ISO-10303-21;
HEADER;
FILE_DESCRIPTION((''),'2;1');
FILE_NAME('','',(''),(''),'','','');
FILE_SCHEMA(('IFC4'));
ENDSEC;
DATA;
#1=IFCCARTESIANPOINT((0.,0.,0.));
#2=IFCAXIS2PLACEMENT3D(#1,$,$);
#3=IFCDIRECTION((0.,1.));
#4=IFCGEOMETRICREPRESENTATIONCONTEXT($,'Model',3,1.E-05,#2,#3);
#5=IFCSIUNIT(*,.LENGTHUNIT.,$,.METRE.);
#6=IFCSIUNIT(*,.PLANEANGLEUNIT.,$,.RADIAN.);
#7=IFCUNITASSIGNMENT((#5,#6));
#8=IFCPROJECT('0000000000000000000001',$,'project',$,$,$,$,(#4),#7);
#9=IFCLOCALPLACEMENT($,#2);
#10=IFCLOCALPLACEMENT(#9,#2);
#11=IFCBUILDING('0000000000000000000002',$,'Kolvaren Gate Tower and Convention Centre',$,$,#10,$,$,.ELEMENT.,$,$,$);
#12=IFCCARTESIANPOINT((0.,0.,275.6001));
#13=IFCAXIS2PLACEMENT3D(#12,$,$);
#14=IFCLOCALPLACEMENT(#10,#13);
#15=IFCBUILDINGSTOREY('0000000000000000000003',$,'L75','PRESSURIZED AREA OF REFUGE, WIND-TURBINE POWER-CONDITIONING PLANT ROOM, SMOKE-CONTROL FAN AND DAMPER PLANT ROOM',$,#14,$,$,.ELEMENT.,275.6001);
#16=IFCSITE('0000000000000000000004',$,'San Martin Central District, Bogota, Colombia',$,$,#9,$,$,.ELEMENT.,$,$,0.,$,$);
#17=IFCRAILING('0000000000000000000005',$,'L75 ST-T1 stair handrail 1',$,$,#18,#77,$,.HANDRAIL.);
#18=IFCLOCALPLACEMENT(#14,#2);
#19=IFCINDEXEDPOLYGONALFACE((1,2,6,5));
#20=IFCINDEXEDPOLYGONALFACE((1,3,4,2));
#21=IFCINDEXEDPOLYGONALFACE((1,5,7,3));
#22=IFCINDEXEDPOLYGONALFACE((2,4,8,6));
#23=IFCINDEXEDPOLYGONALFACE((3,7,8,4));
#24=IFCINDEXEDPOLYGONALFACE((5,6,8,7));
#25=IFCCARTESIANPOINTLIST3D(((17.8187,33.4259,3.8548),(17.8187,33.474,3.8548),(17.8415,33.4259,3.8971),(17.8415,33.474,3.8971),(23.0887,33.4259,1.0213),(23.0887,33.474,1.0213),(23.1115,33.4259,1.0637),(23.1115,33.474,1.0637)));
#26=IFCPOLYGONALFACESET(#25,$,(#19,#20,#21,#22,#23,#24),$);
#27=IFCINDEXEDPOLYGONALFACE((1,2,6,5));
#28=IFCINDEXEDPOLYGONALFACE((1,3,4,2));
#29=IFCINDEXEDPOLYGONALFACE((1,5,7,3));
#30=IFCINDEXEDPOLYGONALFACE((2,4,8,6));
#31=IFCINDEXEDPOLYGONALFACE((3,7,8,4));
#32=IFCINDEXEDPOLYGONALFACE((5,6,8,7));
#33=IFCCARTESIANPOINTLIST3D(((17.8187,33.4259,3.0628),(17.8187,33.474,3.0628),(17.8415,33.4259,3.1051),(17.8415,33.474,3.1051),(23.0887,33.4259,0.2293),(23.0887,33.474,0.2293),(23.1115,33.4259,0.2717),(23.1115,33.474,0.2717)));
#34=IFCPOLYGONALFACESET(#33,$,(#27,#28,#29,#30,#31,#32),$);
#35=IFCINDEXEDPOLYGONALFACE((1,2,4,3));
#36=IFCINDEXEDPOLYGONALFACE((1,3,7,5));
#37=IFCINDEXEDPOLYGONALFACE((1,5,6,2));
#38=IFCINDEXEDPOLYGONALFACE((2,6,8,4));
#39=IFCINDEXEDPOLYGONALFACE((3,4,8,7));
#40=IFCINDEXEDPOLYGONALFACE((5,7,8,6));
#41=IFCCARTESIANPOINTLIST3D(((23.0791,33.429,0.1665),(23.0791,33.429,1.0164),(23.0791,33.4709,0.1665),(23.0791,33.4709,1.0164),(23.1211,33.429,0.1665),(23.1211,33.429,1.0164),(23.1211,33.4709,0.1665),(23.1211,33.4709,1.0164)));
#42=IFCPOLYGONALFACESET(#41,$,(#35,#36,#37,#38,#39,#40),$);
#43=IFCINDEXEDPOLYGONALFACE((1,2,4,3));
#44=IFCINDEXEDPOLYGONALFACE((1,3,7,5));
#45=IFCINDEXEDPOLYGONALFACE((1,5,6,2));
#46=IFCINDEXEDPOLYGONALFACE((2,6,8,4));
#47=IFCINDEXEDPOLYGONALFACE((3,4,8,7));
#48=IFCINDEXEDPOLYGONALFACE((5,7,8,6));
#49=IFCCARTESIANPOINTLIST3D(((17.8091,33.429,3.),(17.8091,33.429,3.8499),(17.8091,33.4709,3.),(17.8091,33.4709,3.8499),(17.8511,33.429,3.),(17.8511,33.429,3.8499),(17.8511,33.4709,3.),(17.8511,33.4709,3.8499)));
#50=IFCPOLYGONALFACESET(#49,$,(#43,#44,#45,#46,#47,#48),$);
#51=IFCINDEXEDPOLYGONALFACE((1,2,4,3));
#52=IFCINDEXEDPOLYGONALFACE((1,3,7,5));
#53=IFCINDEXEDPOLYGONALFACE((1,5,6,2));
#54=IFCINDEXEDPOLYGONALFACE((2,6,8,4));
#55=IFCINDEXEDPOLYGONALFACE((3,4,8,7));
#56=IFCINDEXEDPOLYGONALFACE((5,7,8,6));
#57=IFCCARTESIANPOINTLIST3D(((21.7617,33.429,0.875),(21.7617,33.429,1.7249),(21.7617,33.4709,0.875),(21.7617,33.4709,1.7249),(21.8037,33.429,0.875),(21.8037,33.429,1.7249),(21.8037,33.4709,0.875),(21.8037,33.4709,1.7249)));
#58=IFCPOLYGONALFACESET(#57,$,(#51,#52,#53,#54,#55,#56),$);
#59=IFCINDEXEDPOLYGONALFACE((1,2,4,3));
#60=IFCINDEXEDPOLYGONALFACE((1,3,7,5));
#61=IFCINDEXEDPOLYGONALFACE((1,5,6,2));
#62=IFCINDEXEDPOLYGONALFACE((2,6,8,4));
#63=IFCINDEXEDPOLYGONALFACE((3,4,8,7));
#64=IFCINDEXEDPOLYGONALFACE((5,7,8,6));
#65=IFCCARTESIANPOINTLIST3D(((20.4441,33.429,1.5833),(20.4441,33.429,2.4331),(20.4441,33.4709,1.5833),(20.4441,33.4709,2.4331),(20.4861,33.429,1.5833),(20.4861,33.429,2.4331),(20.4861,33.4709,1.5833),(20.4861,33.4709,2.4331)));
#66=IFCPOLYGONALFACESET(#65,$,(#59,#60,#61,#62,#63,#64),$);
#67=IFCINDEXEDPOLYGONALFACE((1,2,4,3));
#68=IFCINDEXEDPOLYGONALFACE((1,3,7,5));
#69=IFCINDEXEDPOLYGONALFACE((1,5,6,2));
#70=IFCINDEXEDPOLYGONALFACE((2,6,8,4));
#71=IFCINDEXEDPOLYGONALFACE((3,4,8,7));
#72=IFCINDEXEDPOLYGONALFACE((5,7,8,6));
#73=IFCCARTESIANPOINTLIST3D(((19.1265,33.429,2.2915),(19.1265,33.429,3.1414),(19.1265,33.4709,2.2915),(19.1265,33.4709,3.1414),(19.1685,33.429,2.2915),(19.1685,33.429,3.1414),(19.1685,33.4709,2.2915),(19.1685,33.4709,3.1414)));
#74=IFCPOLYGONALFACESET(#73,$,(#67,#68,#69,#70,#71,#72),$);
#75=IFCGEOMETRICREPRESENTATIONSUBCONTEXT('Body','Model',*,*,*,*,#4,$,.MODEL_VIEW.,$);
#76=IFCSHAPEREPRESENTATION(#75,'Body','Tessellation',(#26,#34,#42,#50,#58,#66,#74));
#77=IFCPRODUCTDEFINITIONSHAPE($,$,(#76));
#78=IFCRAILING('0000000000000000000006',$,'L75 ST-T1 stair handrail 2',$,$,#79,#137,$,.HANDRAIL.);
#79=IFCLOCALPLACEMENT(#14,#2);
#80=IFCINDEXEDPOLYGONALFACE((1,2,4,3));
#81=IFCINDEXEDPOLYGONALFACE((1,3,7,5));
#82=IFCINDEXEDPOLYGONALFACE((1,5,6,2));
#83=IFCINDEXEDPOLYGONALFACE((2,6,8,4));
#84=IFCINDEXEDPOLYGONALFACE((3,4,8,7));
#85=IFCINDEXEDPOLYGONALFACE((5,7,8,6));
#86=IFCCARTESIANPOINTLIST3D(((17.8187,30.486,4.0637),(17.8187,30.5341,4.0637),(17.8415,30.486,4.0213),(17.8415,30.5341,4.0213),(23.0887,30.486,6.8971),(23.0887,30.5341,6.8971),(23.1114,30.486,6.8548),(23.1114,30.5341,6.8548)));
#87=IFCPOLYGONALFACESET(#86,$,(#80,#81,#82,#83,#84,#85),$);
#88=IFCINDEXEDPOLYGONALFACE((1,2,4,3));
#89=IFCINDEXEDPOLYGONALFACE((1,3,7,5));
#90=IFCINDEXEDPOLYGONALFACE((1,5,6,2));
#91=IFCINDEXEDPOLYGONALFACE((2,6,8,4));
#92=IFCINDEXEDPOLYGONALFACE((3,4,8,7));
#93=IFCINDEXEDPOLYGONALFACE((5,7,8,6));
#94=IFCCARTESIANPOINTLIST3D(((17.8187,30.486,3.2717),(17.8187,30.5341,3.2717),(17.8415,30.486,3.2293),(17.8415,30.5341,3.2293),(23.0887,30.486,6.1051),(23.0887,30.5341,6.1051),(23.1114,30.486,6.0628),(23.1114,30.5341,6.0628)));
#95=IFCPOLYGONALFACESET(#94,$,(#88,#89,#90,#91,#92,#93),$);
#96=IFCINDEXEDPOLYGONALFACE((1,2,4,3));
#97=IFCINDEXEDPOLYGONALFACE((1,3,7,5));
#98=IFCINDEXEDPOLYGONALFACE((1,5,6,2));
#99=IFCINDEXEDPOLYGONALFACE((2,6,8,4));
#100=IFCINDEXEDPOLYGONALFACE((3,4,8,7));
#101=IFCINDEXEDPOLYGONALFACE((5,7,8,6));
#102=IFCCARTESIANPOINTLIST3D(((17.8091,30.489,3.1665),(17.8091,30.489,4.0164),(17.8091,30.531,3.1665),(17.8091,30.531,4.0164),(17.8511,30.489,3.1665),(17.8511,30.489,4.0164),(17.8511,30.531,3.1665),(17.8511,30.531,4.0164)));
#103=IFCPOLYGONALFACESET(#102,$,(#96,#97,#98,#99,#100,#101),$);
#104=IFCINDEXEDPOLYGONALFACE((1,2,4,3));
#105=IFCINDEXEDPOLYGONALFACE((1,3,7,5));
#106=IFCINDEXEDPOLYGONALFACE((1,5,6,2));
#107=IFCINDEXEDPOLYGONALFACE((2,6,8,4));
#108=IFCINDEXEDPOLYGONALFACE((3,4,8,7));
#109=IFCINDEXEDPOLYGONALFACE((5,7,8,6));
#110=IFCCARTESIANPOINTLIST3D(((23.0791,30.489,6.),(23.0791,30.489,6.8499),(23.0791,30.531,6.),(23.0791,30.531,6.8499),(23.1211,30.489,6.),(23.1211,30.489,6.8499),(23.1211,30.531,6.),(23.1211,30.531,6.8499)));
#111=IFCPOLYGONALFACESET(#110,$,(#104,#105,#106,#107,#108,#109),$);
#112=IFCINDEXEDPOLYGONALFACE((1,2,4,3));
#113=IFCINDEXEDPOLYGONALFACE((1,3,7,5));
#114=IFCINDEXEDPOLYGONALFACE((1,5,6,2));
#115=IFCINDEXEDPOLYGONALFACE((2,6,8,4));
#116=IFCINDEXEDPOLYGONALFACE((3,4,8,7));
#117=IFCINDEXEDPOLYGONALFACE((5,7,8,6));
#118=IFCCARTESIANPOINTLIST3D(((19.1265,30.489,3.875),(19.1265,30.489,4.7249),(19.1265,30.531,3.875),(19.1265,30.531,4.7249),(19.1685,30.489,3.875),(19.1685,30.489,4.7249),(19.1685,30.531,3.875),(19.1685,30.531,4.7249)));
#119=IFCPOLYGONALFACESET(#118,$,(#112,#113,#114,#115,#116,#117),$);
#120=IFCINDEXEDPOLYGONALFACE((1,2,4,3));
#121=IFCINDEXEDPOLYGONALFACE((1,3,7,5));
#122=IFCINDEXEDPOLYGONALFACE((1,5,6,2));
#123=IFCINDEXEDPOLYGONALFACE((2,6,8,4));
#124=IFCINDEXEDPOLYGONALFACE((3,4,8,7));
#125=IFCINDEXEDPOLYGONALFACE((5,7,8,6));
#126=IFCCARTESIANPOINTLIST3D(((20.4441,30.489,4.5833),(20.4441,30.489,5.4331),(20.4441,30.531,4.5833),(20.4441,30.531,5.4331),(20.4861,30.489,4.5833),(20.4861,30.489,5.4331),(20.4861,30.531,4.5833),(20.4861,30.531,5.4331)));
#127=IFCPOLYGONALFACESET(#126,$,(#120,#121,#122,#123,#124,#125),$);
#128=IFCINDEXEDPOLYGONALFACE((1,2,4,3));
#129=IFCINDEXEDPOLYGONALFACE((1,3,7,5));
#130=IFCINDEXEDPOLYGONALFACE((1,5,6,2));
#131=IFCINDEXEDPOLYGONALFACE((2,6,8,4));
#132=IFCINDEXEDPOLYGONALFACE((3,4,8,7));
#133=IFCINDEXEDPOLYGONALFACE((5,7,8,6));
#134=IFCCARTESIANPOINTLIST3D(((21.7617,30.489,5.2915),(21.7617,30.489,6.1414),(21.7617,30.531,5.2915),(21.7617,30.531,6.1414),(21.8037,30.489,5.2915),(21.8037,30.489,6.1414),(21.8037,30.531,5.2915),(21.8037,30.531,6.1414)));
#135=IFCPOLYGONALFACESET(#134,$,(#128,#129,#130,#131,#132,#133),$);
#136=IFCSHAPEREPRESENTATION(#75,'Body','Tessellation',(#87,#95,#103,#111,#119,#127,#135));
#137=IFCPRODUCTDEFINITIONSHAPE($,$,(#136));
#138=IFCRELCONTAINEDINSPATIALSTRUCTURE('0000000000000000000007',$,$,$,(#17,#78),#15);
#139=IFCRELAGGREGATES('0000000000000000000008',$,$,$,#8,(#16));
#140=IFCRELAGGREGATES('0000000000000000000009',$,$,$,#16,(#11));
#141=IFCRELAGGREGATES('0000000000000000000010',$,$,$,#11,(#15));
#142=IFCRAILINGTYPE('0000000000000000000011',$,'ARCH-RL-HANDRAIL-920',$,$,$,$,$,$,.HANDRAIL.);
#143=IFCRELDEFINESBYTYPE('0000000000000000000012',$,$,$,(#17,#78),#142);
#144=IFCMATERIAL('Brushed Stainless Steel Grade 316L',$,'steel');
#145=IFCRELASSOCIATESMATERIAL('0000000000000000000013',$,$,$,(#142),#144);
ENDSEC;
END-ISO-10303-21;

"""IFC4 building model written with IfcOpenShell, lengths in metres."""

from ifc_helpers import new_model, si_unit, direction, frame, origin, origin_2d, place, context, subcontext, project, spatial, rectangle, extrude, material, type_object, element, save


model = new_model("IFC4")

# Units and contexts
model_context = context("Model", 3, precision=1e-05, world=origin(), true_north=direction((0.0, 1.0)))
body_context = subcontext(model_context, "Body", "Model", "MODEL_VIEW")
ifc_project = project(units=[si_unit("LENGTHUNIT", "METRE"), si_unit("PLANEANGLEUNIT", "RADIAN")], contexts=[model_context])

# Site, building, storey
site_placement = place(None, origin())
site = spatial("IfcSite", under=ifc_project, at=site_placement, Name="San Martin Central District, Bogota, Colombia", CompositionType="ELEMENT", RefElevation=0.0)
building_placement = place(site_placement, origin())
building = spatial("IfcBuilding", under=site, at=building_placement, Name="Kolvaren Gate Tower and Convention Centre", CompositionType="ELEMENT")
storey_placement = place(building_placement, frame((0.0, 0.0, 275.6001)))
storey = spatial("IfcBuildingStorey", under=building, at=storey_placement, Name="L75", Description="PRESSURIZED AREA OF REFUGE, WIND-TURBINE POWER-CONDITIONING PLANT ROOM, SMOKE-CONTROL FAN AND DAMPER PLANT ROOM", CompositionType="ELEMENT", Elevation=275.6001)

# Shared definitions
ifc_material_1 = material(Name="Brushed Stainless Steel Grade 316L", Category="steel")

# Railings
railing_type_1 = type_object("IfcRailingType", Name="ARCH-RL-HANDRAIL-920", PredefinedType="HANDRAIL", material=ifc_material_1)
railing_1_placement = place(storey_placement, frame((23.1001, 33.45, 0.1665)))
element("IfcRailing", 1, at=railing_1_placement, inside=storey, type_object=railing_type_1, Name="L75 ST-T1 stair handrail 1", PredefinedType="HANDRAIL", context=body_context, shape_type="SweptSolid", body=[
    extrude(rectangle(XDim=0.0481, YDim=0.0481, at=origin_2d()), frame((0.0, 0.0, 0.876), z_axis=(-0.880764, 0.0, 0.473555), x_axis=(0.0, -1.0, 0.0)), (0.0, 0.0, 1.0), 5.9834),
    extrude(rectangle(XDim=0.0481, YDim=0.0481, at=origin_2d()), frame((0.0, 0.0, 0.084), z_axis=(-0.880764, 0.0, 0.473555), x_axis=(0.0, -1.0, 0.0)), (0.0, 0.0, 1.0), 5.9834),
    extrude(rectangle(XDim=0.042, YDim=0.042, at=origin_2d()), origin(), (0.0, 0.0, 1.0), 0.8499),
    extrude(rectangle(XDim=0.042, YDim=0.042, at=origin_2d()), frame((-5.27, 0.0, 2.8335)), (0.0, 0.0, 1.0), 0.8499),
    extrude(rectangle(XDim=0.042, YDim=0.042, at=origin_2d()), frame((-1.3174, 0.0, 0.7085)), (0.0, 0.0, 1.0), 0.8499),
    extrude(rectangle(XDim=0.042, YDim=0.042, at=origin_2d()), frame((-2.635, 0.0, 1.4167)), (0.0, 0.0, 1.0), 0.8499),
    extrude(rectangle(XDim=0.042, YDim=0.042, at=origin_2d()), frame((-3.9526, 0.0, 2.125)), (0.0, 0.0, 1.0), 0.8499),
])
railing_2_placement = place(storey_placement, frame((17.8301, 30.51, 3.1665)))
element("IfcRailing", 2, at=railing_2_placement, inside=storey, type_object=railing_type_1, Name="L75 ST-T1 stair handrail 2", PredefinedType="HANDRAIL", context=body_context, shape_type="SweptSolid", body=[
    extrude(rectangle(XDim=0.0481, YDim=0.0481, at=origin_2d()), frame((0.0, 0.0, 0.876), z_axis=(0.880764, 0.0, 0.473555), x_axis=(0.0, 1.0, 0.0)), (0.0, 0.0, 1.0), 5.9834),
    extrude(rectangle(XDim=0.0481, YDim=0.0481, at=origin_2d()), frame((0.0, 0.0, 0.084), z_axis=(0.880764, 0.0, 0.473555), x_axis=(0.0, 1.0, 0.0)), (0.0, 0.0, 1.0), 5.9834),
    extrude(rectangle(XDim=0.042, YDim=0.042, at=origin_2d()), origin(), (0.0, 0.0, 1.0), 0.8499),
    extrude(rectangle(XDim=0.042, YDim=0.042, at=origin_2d()), frame((5.27, 0.0, 2.8335)), (0.0, 0.0, 1.0), 0.8499),
    extrude(rectangle(XDim=0.042, YDim=0.042, at=origin_2d()), frame((1.3174, 0.0, 0.7085)), (0.0, 0.0, 1.0), 0.8499),
    extrude(rectangle(XDim=0.042, YDim=0.042, at=origin_2d()), frame((2.635, 0.0, 1.4167)), (0.0, 0.0, 1.0), 0.8499),
    extrude(rectangle(XDim=0.042, YDim=0.042, at=origin_2d()), frame((3.9526, 0.0, 2.125)), (0.0, 0.0, 1.0), 0.8499),
])

save(model, "model.ifc")
